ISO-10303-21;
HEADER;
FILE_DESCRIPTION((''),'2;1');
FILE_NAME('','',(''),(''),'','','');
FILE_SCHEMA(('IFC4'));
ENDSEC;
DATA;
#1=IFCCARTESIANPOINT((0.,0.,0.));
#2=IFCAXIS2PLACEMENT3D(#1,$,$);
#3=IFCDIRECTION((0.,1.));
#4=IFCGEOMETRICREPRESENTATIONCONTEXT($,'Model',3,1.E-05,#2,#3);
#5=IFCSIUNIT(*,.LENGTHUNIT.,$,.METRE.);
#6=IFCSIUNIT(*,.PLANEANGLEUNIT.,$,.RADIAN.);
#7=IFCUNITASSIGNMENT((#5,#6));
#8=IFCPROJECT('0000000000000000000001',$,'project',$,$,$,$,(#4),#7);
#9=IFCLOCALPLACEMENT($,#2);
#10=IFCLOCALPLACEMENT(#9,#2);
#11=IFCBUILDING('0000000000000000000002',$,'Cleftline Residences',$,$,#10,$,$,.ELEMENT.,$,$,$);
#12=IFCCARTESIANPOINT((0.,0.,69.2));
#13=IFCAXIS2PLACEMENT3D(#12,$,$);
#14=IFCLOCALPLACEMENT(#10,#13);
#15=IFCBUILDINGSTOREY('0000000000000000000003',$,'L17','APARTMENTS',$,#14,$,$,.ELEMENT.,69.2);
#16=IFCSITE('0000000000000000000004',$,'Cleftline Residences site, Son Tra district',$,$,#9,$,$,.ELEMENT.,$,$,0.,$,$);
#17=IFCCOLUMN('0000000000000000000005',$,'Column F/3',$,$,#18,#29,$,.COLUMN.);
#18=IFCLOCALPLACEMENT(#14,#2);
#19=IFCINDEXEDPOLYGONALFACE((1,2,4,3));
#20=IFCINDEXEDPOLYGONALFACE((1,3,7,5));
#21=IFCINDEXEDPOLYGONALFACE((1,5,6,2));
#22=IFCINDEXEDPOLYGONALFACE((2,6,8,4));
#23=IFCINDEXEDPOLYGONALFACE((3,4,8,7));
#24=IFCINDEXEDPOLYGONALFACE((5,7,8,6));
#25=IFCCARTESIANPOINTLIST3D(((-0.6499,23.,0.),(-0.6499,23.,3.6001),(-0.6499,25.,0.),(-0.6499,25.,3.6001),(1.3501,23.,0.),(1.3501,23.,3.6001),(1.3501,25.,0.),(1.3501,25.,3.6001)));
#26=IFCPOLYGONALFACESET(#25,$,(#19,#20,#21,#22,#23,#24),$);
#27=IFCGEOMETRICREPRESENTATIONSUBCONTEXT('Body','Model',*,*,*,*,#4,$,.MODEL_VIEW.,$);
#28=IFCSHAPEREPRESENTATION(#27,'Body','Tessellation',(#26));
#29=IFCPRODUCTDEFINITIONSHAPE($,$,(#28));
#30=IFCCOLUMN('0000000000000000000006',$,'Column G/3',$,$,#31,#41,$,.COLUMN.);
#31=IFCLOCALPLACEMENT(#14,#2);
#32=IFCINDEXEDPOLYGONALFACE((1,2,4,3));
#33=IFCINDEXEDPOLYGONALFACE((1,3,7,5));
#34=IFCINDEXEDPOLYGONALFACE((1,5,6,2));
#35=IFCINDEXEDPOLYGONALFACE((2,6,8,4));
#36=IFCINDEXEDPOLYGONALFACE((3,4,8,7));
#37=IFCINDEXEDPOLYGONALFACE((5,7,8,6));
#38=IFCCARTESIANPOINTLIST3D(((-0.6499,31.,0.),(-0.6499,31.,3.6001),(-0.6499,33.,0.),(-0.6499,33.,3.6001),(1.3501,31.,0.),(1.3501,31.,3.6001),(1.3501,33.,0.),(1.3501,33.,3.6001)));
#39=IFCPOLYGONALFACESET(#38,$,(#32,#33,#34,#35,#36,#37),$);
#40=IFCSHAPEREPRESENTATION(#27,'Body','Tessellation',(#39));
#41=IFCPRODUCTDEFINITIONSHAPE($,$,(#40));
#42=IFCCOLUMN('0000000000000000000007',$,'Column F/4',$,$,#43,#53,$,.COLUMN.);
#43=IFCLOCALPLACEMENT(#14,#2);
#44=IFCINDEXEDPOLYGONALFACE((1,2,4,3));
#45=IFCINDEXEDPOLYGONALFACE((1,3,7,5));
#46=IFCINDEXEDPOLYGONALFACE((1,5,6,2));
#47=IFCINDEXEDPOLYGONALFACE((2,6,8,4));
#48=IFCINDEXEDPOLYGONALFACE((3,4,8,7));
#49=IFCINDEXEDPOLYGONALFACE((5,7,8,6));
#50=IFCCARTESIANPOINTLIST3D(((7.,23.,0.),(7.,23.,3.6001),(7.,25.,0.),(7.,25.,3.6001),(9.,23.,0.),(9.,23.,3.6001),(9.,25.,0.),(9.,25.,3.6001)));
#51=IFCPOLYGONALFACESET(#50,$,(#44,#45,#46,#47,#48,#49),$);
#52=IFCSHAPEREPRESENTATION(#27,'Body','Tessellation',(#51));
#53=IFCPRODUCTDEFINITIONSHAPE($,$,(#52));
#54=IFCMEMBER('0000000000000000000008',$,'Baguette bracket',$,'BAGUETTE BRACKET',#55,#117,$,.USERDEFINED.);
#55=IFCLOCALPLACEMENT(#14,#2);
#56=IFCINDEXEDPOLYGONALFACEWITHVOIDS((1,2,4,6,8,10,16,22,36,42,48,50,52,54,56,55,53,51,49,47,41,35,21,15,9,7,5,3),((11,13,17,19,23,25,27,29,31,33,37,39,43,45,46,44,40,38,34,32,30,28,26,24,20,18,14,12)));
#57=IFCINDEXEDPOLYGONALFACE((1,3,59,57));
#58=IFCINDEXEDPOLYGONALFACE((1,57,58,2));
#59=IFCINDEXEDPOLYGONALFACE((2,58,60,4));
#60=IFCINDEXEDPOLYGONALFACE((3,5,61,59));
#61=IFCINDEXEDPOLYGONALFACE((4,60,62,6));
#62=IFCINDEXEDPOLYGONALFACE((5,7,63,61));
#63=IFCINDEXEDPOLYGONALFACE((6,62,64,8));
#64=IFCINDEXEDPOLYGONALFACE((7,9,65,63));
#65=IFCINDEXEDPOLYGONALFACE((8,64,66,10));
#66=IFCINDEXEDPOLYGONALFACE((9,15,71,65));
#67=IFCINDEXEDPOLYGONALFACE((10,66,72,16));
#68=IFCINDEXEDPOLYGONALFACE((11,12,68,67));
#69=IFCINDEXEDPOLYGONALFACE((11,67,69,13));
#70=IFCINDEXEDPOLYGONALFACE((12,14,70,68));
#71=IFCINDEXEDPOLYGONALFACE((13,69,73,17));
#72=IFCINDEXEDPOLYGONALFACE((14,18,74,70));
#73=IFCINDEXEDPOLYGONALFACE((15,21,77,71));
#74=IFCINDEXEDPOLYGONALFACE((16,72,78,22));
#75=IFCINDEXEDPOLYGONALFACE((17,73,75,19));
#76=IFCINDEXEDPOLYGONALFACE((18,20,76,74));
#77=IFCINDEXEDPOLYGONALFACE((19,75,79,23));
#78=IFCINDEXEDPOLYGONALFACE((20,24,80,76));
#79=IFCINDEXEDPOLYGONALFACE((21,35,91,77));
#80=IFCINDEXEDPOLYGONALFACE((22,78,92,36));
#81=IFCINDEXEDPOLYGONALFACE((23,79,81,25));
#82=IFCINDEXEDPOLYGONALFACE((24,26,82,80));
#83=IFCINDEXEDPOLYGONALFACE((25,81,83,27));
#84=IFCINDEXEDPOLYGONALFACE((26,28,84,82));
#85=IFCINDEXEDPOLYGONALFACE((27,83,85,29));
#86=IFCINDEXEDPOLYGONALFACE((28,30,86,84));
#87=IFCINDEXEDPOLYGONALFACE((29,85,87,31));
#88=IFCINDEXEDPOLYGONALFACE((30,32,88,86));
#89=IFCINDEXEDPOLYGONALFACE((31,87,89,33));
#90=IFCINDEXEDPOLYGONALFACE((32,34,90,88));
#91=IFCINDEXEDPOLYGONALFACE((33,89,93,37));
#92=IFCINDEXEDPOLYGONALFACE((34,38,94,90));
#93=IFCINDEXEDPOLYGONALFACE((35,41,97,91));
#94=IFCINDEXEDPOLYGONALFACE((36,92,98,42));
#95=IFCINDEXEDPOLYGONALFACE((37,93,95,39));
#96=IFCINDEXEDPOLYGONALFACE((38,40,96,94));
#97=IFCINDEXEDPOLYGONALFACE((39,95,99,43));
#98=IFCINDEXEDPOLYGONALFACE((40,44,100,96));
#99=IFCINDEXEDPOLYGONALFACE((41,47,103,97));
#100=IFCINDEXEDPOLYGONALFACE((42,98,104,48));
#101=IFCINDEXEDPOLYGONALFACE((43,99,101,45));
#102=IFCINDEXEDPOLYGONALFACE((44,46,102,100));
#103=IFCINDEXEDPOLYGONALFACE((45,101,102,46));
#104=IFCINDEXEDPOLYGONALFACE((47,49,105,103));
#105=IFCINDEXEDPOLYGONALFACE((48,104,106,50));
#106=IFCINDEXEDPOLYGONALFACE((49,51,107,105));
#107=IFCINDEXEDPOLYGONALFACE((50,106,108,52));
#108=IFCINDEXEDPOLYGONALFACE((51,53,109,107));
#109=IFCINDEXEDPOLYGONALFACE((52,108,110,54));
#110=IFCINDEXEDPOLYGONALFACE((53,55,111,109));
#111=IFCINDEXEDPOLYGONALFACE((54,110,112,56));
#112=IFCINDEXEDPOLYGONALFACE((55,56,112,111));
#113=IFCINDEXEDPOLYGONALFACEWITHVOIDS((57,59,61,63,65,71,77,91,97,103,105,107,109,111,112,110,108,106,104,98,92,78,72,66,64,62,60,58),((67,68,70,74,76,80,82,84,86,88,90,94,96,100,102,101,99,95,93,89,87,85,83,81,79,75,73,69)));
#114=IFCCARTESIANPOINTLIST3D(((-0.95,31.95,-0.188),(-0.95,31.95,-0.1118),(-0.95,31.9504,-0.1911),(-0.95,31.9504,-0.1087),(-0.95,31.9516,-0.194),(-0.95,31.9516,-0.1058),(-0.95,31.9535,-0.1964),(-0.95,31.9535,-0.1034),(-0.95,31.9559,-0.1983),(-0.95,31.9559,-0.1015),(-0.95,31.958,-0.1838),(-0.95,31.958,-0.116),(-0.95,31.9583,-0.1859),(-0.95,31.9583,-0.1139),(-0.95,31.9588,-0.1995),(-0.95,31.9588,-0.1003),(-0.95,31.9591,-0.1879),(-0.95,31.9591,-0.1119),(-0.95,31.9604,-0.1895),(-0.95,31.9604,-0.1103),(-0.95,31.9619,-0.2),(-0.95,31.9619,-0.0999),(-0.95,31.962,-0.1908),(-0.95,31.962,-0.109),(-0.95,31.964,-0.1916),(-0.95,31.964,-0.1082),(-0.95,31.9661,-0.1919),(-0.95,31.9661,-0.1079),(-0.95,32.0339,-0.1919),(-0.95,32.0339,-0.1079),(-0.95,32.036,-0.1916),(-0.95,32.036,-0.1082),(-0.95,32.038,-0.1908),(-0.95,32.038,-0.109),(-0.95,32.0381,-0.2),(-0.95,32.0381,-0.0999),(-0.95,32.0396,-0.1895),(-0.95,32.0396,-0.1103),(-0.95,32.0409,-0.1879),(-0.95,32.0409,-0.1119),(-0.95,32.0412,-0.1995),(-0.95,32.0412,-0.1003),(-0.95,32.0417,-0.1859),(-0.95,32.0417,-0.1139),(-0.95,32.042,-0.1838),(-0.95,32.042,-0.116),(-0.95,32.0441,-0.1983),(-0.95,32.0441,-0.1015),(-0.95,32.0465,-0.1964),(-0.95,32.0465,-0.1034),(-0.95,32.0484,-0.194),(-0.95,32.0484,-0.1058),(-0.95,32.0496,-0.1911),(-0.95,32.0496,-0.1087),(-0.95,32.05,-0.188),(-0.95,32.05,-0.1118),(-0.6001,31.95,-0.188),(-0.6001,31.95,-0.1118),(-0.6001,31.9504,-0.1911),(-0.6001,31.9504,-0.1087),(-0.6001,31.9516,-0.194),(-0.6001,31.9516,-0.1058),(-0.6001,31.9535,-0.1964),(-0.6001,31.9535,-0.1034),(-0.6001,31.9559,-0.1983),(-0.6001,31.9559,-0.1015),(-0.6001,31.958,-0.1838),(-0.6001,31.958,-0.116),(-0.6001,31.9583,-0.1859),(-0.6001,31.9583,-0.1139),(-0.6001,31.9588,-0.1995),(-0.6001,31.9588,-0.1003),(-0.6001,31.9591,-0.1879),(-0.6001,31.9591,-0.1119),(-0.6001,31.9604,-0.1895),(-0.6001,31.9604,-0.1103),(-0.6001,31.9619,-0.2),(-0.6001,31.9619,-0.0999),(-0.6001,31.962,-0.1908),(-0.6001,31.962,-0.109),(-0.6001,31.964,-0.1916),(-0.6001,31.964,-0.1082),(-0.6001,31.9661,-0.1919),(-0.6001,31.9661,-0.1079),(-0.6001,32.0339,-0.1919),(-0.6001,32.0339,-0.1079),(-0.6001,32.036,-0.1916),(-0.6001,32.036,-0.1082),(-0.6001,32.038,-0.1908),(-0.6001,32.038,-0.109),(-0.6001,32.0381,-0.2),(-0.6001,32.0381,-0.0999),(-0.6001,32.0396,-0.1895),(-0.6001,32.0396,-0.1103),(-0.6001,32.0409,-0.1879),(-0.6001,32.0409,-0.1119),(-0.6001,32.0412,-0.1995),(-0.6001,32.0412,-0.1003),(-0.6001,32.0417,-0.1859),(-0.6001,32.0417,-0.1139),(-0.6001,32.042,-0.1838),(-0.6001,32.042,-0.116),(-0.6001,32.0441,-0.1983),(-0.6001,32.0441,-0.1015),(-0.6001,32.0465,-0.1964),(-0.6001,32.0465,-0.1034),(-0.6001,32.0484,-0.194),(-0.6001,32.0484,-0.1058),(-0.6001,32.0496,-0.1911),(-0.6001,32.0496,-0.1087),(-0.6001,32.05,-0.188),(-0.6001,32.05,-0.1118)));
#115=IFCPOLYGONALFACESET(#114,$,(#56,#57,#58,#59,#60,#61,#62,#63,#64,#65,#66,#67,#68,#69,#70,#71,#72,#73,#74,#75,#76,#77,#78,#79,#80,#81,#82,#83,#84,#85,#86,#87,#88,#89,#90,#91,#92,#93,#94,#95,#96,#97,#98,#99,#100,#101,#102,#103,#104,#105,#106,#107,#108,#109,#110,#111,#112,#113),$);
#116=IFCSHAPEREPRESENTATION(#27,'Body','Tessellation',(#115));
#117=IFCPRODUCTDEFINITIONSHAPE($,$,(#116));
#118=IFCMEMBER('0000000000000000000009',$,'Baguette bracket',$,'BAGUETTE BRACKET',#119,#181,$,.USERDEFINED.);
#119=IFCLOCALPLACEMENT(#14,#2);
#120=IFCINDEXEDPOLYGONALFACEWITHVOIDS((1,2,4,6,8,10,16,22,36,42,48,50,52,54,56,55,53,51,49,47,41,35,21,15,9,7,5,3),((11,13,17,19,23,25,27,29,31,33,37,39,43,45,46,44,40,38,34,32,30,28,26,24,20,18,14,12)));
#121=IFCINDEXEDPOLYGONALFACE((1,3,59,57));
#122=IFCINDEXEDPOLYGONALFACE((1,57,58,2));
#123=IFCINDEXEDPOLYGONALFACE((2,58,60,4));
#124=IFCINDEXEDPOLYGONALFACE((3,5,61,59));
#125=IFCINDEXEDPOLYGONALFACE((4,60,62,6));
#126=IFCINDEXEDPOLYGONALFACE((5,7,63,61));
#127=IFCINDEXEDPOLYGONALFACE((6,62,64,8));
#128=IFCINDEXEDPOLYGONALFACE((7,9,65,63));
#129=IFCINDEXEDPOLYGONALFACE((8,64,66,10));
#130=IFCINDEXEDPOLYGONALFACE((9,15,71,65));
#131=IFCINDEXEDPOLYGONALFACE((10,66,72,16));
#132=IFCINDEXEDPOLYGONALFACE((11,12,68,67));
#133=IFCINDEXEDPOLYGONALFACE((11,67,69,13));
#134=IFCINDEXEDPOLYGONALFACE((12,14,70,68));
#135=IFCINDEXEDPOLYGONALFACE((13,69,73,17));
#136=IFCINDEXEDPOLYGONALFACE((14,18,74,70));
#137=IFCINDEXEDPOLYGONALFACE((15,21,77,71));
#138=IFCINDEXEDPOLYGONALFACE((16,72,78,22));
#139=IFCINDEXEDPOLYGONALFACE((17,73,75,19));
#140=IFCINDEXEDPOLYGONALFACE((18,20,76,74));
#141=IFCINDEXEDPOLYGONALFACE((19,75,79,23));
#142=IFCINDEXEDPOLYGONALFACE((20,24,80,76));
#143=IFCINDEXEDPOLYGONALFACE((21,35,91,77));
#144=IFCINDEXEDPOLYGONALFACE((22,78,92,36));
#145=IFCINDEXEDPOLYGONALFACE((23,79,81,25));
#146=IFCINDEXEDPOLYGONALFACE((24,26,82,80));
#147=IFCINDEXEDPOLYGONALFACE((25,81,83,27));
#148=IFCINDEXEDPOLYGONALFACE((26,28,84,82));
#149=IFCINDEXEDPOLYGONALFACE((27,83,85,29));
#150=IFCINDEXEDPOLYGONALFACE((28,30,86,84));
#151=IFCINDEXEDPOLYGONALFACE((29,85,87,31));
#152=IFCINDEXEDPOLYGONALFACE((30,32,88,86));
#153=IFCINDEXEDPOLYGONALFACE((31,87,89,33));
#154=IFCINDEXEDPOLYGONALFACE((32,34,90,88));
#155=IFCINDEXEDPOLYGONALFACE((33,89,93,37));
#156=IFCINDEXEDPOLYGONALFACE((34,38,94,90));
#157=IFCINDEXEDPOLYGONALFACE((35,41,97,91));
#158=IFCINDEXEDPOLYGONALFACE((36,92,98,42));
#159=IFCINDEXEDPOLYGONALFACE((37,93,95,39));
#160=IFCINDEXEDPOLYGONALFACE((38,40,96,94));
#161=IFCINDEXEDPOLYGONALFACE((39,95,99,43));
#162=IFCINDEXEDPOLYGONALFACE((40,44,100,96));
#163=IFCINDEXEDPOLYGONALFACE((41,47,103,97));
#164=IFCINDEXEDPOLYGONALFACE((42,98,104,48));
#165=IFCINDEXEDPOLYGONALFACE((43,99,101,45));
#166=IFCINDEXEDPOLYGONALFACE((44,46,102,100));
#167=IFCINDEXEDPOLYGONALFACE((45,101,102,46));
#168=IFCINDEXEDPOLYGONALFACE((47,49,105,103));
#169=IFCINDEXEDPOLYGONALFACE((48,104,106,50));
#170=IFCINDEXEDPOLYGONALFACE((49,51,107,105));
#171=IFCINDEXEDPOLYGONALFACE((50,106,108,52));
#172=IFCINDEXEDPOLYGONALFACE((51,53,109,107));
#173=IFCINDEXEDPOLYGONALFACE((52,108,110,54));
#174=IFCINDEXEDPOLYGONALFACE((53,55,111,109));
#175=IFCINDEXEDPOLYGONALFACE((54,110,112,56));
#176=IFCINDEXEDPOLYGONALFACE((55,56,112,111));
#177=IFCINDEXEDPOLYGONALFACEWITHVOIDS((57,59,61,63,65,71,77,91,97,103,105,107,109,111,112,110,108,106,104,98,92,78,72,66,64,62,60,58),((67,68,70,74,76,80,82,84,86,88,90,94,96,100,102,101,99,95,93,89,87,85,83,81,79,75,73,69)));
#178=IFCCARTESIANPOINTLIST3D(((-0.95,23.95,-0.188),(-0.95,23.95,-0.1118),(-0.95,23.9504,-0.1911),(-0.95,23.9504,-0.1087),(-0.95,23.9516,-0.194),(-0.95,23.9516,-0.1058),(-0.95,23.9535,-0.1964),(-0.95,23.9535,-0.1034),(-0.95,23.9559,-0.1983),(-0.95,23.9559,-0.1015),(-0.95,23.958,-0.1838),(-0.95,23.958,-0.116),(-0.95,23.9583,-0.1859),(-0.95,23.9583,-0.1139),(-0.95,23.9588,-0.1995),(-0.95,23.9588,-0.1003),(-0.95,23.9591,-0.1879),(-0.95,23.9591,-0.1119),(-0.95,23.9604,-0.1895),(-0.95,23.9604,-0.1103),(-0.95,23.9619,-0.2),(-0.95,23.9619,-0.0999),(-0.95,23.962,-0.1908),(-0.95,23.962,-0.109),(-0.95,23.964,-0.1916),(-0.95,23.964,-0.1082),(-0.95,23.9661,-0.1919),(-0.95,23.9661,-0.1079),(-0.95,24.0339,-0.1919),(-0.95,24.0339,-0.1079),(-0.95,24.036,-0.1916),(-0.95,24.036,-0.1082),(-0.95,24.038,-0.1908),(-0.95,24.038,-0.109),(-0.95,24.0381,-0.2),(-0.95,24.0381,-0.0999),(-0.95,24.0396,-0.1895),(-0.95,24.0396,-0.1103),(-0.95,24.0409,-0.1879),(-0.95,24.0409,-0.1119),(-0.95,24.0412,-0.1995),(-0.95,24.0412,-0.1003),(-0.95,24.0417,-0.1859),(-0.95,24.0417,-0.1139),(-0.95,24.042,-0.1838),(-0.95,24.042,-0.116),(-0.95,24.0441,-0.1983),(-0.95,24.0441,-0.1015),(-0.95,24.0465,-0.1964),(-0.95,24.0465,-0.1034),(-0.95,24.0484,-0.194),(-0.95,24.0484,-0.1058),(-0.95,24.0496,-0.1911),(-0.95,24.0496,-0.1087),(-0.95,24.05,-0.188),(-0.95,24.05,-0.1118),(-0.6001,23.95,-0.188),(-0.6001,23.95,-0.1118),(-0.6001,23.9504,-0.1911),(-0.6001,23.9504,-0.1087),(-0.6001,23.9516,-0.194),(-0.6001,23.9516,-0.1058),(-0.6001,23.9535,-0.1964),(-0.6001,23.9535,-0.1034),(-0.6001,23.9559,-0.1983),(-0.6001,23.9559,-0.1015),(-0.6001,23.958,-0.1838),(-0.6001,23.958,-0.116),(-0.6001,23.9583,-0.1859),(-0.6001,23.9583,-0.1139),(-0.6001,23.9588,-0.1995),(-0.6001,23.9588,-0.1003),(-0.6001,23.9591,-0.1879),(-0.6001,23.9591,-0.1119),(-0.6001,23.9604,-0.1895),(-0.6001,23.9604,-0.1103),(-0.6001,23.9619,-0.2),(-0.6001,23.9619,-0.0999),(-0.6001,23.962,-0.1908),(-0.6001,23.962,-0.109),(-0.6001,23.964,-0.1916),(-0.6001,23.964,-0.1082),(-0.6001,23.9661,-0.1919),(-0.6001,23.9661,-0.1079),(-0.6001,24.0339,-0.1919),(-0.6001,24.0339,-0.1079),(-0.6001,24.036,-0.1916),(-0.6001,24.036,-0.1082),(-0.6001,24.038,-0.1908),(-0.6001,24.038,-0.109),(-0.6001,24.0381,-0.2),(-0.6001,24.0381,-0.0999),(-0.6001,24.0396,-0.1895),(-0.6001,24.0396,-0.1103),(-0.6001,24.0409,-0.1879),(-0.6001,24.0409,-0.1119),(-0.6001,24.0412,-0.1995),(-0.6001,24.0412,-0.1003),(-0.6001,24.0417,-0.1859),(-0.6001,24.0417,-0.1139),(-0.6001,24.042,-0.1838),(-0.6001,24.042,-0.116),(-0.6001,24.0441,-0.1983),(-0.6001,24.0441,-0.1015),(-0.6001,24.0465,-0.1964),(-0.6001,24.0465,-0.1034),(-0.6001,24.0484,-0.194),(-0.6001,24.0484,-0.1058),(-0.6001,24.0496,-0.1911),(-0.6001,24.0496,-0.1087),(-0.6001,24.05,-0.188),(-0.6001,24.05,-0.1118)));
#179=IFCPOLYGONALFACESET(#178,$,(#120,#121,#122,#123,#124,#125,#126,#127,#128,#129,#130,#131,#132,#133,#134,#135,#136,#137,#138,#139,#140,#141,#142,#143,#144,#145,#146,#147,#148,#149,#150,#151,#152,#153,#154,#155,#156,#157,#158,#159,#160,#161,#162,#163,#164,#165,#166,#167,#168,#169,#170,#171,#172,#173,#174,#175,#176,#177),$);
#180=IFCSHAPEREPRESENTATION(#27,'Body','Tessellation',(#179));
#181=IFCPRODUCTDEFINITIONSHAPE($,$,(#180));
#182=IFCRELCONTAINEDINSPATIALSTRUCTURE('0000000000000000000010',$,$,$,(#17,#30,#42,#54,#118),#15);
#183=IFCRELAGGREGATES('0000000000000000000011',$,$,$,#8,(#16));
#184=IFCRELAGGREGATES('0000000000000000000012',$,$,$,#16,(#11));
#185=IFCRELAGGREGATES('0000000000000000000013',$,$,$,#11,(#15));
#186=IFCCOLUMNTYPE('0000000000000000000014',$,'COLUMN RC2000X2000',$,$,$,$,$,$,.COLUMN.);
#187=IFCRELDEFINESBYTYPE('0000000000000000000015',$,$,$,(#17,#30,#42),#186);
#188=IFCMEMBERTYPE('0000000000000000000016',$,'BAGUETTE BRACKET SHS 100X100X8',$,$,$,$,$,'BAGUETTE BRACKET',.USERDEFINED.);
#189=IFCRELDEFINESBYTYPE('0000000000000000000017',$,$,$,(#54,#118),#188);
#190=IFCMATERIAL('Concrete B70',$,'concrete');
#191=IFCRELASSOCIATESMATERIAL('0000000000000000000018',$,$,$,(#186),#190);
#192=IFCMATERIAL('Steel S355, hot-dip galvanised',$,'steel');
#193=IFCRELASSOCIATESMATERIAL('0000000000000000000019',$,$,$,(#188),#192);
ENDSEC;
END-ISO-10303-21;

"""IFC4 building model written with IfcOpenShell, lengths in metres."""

from ifc_helpers import new_model, si_unit, direction, frame, origin, origin_2d, place, context, subcontext, project, spatial, rectangle, hollow_rectangle, extrude, material, material_profile, profile_set, type_object, element, save


model = new_model("IFC4")

# Units and contexts
model_context = context("Model", 3, precision=1e-05, world=origin(), true_north=direction((0.0, 1.0)))
body_context = subcontext(model_context, "Body", "Model", "MODEL_VIEW")
ifc_project = project(units=[si_unit("LENGTHUNIT", "METRE"), si_unit("PLANEANGLEUNIT", "RADIAN")], contexts=[model_context])

# Site, building, storey
site_placement = place(None, origin())
site = spatial("IfcSite", under=ifc_project, at=site_placement, Name="Cleftline Residences site, Son Tra district", CompositionType="ELEMENT", RefElevation=0.0)
building_placement = place(site_placement, origin())
building = spatial("IfcBuilding", under=site, at=building_placement, Name="Cleftline Residences", CompositionType="ELEMENT")
storey_placement = place(building_placement, frame((0.0, 0.0, 69.2)))
storey = spatial("IfcBuildingStorey", under=building, at=storey_placement, Name="L17", Description="APARTMENTS", CompositionType="ELEMENT", Elevation=69.2)

# Columns
ifc_material_1 = material(Name="Concrete B70", Category="concrete")
ifc_material_profile_1 = material_profile(ifc_material_1, rectangle(XDim=2.0, YDim=2.0, at=origin_2d()))
ifc_profile_set_1 = profile_set([ifc_material_profile_1], Name="Concrete B70")
column_type = type_object("IfcColumnType", Name="COLUMN RC2000X2000", PredefinedType="COLUMN", material=ifc_profile_set_1)
for number, where, z_axis, x_axis, name in (
    (1, (0.3501, 24.0, 0.0), (0.0, 0.0, 1.0), (1.0, 0.0, 0.0), "Column F/3"),
    (2, (0.3501, 32.0, 0.0), (0.0, 0.0, 1.0), (1.0, 0.0, 0.0), "Column G/3"),
    (3, (8.0, 24.0, 0.0), (0.0, 0.0, 1.0), (1.0, 0.0, 0.0), "Column F/4"),
):
    element("IfcColumn", number, at=place(storey_placement, frame(where, z_axis=z_axis, x_axis=x_axis)), inside=storey, type_object=column_type, Name=name, PredefinedType="COLUMN", context=body_context, shape_type="SweptSolid", body=[
        extrude(rectangle(XDim=2.0, YDim=2.0, at=origin_2d()), origin(), (0.0, 0.0, 1.0), 3.6001),
    ])

# Members
ifc_material_2 = material(Name="Steel S355, hot-dip galvanised", Category="steel")
ifc_material_profile_2 = material_profile(ifc_material_2, hollow_rectangle(XDim=0.1001, YDim=0.1001, WallThickness=0.0081, InnerFilletRadius=0.0081, OuterFilletRadius=0.012, at=origin_2d()))
ifc_profile_set_2 = profile_set([ifc_material_profile_2], Name="Steel S355, hot-dip galvanised")
member_type_1 = type_object("IfcMemberType", Name="BAGUETTE BRACKET SHS 100X100X8", ElementType="BAGUETTE BRACKET", PredefinedType="USERDEFINED", material=ifc_profile_set_2)
for number, where, z_axis, x_axis, name in (
    (4, (-0.6001, 32.0, -0.1499), (-1.0, 0.0, 0.0), (0.0, -1.0, 0.0), "Baguette bracket"),
    (5, (-0.6001, 24.0, -0.1499), (-1.0, 0.0, 0.0), (0.0, -1.0, 0.0), "Baguette bracket"),
):
    element("IfcMember", number, at=place(storey_placement, frame(where, z_axis=z_axis, x_axis=x_axis)), inside=storey, type_object=member_type_1, Name=name, ObjectType="BAGUETTE BRACKET", PredefinedType="USERDEFINED", context=body_context, shape_type="SweptSolid", body=[
        extrude(hollow_rectangle(XDim=0.1001, YDim=0.1001, WallThickness=0.0081, InnerFilletRadius=0.0081, OuterFilletRadius=0.012, at=origin_2d()), origin(), (0.0, 0.0, 1.0), 0.3499),
    ])

save(model, "model.ifc")
